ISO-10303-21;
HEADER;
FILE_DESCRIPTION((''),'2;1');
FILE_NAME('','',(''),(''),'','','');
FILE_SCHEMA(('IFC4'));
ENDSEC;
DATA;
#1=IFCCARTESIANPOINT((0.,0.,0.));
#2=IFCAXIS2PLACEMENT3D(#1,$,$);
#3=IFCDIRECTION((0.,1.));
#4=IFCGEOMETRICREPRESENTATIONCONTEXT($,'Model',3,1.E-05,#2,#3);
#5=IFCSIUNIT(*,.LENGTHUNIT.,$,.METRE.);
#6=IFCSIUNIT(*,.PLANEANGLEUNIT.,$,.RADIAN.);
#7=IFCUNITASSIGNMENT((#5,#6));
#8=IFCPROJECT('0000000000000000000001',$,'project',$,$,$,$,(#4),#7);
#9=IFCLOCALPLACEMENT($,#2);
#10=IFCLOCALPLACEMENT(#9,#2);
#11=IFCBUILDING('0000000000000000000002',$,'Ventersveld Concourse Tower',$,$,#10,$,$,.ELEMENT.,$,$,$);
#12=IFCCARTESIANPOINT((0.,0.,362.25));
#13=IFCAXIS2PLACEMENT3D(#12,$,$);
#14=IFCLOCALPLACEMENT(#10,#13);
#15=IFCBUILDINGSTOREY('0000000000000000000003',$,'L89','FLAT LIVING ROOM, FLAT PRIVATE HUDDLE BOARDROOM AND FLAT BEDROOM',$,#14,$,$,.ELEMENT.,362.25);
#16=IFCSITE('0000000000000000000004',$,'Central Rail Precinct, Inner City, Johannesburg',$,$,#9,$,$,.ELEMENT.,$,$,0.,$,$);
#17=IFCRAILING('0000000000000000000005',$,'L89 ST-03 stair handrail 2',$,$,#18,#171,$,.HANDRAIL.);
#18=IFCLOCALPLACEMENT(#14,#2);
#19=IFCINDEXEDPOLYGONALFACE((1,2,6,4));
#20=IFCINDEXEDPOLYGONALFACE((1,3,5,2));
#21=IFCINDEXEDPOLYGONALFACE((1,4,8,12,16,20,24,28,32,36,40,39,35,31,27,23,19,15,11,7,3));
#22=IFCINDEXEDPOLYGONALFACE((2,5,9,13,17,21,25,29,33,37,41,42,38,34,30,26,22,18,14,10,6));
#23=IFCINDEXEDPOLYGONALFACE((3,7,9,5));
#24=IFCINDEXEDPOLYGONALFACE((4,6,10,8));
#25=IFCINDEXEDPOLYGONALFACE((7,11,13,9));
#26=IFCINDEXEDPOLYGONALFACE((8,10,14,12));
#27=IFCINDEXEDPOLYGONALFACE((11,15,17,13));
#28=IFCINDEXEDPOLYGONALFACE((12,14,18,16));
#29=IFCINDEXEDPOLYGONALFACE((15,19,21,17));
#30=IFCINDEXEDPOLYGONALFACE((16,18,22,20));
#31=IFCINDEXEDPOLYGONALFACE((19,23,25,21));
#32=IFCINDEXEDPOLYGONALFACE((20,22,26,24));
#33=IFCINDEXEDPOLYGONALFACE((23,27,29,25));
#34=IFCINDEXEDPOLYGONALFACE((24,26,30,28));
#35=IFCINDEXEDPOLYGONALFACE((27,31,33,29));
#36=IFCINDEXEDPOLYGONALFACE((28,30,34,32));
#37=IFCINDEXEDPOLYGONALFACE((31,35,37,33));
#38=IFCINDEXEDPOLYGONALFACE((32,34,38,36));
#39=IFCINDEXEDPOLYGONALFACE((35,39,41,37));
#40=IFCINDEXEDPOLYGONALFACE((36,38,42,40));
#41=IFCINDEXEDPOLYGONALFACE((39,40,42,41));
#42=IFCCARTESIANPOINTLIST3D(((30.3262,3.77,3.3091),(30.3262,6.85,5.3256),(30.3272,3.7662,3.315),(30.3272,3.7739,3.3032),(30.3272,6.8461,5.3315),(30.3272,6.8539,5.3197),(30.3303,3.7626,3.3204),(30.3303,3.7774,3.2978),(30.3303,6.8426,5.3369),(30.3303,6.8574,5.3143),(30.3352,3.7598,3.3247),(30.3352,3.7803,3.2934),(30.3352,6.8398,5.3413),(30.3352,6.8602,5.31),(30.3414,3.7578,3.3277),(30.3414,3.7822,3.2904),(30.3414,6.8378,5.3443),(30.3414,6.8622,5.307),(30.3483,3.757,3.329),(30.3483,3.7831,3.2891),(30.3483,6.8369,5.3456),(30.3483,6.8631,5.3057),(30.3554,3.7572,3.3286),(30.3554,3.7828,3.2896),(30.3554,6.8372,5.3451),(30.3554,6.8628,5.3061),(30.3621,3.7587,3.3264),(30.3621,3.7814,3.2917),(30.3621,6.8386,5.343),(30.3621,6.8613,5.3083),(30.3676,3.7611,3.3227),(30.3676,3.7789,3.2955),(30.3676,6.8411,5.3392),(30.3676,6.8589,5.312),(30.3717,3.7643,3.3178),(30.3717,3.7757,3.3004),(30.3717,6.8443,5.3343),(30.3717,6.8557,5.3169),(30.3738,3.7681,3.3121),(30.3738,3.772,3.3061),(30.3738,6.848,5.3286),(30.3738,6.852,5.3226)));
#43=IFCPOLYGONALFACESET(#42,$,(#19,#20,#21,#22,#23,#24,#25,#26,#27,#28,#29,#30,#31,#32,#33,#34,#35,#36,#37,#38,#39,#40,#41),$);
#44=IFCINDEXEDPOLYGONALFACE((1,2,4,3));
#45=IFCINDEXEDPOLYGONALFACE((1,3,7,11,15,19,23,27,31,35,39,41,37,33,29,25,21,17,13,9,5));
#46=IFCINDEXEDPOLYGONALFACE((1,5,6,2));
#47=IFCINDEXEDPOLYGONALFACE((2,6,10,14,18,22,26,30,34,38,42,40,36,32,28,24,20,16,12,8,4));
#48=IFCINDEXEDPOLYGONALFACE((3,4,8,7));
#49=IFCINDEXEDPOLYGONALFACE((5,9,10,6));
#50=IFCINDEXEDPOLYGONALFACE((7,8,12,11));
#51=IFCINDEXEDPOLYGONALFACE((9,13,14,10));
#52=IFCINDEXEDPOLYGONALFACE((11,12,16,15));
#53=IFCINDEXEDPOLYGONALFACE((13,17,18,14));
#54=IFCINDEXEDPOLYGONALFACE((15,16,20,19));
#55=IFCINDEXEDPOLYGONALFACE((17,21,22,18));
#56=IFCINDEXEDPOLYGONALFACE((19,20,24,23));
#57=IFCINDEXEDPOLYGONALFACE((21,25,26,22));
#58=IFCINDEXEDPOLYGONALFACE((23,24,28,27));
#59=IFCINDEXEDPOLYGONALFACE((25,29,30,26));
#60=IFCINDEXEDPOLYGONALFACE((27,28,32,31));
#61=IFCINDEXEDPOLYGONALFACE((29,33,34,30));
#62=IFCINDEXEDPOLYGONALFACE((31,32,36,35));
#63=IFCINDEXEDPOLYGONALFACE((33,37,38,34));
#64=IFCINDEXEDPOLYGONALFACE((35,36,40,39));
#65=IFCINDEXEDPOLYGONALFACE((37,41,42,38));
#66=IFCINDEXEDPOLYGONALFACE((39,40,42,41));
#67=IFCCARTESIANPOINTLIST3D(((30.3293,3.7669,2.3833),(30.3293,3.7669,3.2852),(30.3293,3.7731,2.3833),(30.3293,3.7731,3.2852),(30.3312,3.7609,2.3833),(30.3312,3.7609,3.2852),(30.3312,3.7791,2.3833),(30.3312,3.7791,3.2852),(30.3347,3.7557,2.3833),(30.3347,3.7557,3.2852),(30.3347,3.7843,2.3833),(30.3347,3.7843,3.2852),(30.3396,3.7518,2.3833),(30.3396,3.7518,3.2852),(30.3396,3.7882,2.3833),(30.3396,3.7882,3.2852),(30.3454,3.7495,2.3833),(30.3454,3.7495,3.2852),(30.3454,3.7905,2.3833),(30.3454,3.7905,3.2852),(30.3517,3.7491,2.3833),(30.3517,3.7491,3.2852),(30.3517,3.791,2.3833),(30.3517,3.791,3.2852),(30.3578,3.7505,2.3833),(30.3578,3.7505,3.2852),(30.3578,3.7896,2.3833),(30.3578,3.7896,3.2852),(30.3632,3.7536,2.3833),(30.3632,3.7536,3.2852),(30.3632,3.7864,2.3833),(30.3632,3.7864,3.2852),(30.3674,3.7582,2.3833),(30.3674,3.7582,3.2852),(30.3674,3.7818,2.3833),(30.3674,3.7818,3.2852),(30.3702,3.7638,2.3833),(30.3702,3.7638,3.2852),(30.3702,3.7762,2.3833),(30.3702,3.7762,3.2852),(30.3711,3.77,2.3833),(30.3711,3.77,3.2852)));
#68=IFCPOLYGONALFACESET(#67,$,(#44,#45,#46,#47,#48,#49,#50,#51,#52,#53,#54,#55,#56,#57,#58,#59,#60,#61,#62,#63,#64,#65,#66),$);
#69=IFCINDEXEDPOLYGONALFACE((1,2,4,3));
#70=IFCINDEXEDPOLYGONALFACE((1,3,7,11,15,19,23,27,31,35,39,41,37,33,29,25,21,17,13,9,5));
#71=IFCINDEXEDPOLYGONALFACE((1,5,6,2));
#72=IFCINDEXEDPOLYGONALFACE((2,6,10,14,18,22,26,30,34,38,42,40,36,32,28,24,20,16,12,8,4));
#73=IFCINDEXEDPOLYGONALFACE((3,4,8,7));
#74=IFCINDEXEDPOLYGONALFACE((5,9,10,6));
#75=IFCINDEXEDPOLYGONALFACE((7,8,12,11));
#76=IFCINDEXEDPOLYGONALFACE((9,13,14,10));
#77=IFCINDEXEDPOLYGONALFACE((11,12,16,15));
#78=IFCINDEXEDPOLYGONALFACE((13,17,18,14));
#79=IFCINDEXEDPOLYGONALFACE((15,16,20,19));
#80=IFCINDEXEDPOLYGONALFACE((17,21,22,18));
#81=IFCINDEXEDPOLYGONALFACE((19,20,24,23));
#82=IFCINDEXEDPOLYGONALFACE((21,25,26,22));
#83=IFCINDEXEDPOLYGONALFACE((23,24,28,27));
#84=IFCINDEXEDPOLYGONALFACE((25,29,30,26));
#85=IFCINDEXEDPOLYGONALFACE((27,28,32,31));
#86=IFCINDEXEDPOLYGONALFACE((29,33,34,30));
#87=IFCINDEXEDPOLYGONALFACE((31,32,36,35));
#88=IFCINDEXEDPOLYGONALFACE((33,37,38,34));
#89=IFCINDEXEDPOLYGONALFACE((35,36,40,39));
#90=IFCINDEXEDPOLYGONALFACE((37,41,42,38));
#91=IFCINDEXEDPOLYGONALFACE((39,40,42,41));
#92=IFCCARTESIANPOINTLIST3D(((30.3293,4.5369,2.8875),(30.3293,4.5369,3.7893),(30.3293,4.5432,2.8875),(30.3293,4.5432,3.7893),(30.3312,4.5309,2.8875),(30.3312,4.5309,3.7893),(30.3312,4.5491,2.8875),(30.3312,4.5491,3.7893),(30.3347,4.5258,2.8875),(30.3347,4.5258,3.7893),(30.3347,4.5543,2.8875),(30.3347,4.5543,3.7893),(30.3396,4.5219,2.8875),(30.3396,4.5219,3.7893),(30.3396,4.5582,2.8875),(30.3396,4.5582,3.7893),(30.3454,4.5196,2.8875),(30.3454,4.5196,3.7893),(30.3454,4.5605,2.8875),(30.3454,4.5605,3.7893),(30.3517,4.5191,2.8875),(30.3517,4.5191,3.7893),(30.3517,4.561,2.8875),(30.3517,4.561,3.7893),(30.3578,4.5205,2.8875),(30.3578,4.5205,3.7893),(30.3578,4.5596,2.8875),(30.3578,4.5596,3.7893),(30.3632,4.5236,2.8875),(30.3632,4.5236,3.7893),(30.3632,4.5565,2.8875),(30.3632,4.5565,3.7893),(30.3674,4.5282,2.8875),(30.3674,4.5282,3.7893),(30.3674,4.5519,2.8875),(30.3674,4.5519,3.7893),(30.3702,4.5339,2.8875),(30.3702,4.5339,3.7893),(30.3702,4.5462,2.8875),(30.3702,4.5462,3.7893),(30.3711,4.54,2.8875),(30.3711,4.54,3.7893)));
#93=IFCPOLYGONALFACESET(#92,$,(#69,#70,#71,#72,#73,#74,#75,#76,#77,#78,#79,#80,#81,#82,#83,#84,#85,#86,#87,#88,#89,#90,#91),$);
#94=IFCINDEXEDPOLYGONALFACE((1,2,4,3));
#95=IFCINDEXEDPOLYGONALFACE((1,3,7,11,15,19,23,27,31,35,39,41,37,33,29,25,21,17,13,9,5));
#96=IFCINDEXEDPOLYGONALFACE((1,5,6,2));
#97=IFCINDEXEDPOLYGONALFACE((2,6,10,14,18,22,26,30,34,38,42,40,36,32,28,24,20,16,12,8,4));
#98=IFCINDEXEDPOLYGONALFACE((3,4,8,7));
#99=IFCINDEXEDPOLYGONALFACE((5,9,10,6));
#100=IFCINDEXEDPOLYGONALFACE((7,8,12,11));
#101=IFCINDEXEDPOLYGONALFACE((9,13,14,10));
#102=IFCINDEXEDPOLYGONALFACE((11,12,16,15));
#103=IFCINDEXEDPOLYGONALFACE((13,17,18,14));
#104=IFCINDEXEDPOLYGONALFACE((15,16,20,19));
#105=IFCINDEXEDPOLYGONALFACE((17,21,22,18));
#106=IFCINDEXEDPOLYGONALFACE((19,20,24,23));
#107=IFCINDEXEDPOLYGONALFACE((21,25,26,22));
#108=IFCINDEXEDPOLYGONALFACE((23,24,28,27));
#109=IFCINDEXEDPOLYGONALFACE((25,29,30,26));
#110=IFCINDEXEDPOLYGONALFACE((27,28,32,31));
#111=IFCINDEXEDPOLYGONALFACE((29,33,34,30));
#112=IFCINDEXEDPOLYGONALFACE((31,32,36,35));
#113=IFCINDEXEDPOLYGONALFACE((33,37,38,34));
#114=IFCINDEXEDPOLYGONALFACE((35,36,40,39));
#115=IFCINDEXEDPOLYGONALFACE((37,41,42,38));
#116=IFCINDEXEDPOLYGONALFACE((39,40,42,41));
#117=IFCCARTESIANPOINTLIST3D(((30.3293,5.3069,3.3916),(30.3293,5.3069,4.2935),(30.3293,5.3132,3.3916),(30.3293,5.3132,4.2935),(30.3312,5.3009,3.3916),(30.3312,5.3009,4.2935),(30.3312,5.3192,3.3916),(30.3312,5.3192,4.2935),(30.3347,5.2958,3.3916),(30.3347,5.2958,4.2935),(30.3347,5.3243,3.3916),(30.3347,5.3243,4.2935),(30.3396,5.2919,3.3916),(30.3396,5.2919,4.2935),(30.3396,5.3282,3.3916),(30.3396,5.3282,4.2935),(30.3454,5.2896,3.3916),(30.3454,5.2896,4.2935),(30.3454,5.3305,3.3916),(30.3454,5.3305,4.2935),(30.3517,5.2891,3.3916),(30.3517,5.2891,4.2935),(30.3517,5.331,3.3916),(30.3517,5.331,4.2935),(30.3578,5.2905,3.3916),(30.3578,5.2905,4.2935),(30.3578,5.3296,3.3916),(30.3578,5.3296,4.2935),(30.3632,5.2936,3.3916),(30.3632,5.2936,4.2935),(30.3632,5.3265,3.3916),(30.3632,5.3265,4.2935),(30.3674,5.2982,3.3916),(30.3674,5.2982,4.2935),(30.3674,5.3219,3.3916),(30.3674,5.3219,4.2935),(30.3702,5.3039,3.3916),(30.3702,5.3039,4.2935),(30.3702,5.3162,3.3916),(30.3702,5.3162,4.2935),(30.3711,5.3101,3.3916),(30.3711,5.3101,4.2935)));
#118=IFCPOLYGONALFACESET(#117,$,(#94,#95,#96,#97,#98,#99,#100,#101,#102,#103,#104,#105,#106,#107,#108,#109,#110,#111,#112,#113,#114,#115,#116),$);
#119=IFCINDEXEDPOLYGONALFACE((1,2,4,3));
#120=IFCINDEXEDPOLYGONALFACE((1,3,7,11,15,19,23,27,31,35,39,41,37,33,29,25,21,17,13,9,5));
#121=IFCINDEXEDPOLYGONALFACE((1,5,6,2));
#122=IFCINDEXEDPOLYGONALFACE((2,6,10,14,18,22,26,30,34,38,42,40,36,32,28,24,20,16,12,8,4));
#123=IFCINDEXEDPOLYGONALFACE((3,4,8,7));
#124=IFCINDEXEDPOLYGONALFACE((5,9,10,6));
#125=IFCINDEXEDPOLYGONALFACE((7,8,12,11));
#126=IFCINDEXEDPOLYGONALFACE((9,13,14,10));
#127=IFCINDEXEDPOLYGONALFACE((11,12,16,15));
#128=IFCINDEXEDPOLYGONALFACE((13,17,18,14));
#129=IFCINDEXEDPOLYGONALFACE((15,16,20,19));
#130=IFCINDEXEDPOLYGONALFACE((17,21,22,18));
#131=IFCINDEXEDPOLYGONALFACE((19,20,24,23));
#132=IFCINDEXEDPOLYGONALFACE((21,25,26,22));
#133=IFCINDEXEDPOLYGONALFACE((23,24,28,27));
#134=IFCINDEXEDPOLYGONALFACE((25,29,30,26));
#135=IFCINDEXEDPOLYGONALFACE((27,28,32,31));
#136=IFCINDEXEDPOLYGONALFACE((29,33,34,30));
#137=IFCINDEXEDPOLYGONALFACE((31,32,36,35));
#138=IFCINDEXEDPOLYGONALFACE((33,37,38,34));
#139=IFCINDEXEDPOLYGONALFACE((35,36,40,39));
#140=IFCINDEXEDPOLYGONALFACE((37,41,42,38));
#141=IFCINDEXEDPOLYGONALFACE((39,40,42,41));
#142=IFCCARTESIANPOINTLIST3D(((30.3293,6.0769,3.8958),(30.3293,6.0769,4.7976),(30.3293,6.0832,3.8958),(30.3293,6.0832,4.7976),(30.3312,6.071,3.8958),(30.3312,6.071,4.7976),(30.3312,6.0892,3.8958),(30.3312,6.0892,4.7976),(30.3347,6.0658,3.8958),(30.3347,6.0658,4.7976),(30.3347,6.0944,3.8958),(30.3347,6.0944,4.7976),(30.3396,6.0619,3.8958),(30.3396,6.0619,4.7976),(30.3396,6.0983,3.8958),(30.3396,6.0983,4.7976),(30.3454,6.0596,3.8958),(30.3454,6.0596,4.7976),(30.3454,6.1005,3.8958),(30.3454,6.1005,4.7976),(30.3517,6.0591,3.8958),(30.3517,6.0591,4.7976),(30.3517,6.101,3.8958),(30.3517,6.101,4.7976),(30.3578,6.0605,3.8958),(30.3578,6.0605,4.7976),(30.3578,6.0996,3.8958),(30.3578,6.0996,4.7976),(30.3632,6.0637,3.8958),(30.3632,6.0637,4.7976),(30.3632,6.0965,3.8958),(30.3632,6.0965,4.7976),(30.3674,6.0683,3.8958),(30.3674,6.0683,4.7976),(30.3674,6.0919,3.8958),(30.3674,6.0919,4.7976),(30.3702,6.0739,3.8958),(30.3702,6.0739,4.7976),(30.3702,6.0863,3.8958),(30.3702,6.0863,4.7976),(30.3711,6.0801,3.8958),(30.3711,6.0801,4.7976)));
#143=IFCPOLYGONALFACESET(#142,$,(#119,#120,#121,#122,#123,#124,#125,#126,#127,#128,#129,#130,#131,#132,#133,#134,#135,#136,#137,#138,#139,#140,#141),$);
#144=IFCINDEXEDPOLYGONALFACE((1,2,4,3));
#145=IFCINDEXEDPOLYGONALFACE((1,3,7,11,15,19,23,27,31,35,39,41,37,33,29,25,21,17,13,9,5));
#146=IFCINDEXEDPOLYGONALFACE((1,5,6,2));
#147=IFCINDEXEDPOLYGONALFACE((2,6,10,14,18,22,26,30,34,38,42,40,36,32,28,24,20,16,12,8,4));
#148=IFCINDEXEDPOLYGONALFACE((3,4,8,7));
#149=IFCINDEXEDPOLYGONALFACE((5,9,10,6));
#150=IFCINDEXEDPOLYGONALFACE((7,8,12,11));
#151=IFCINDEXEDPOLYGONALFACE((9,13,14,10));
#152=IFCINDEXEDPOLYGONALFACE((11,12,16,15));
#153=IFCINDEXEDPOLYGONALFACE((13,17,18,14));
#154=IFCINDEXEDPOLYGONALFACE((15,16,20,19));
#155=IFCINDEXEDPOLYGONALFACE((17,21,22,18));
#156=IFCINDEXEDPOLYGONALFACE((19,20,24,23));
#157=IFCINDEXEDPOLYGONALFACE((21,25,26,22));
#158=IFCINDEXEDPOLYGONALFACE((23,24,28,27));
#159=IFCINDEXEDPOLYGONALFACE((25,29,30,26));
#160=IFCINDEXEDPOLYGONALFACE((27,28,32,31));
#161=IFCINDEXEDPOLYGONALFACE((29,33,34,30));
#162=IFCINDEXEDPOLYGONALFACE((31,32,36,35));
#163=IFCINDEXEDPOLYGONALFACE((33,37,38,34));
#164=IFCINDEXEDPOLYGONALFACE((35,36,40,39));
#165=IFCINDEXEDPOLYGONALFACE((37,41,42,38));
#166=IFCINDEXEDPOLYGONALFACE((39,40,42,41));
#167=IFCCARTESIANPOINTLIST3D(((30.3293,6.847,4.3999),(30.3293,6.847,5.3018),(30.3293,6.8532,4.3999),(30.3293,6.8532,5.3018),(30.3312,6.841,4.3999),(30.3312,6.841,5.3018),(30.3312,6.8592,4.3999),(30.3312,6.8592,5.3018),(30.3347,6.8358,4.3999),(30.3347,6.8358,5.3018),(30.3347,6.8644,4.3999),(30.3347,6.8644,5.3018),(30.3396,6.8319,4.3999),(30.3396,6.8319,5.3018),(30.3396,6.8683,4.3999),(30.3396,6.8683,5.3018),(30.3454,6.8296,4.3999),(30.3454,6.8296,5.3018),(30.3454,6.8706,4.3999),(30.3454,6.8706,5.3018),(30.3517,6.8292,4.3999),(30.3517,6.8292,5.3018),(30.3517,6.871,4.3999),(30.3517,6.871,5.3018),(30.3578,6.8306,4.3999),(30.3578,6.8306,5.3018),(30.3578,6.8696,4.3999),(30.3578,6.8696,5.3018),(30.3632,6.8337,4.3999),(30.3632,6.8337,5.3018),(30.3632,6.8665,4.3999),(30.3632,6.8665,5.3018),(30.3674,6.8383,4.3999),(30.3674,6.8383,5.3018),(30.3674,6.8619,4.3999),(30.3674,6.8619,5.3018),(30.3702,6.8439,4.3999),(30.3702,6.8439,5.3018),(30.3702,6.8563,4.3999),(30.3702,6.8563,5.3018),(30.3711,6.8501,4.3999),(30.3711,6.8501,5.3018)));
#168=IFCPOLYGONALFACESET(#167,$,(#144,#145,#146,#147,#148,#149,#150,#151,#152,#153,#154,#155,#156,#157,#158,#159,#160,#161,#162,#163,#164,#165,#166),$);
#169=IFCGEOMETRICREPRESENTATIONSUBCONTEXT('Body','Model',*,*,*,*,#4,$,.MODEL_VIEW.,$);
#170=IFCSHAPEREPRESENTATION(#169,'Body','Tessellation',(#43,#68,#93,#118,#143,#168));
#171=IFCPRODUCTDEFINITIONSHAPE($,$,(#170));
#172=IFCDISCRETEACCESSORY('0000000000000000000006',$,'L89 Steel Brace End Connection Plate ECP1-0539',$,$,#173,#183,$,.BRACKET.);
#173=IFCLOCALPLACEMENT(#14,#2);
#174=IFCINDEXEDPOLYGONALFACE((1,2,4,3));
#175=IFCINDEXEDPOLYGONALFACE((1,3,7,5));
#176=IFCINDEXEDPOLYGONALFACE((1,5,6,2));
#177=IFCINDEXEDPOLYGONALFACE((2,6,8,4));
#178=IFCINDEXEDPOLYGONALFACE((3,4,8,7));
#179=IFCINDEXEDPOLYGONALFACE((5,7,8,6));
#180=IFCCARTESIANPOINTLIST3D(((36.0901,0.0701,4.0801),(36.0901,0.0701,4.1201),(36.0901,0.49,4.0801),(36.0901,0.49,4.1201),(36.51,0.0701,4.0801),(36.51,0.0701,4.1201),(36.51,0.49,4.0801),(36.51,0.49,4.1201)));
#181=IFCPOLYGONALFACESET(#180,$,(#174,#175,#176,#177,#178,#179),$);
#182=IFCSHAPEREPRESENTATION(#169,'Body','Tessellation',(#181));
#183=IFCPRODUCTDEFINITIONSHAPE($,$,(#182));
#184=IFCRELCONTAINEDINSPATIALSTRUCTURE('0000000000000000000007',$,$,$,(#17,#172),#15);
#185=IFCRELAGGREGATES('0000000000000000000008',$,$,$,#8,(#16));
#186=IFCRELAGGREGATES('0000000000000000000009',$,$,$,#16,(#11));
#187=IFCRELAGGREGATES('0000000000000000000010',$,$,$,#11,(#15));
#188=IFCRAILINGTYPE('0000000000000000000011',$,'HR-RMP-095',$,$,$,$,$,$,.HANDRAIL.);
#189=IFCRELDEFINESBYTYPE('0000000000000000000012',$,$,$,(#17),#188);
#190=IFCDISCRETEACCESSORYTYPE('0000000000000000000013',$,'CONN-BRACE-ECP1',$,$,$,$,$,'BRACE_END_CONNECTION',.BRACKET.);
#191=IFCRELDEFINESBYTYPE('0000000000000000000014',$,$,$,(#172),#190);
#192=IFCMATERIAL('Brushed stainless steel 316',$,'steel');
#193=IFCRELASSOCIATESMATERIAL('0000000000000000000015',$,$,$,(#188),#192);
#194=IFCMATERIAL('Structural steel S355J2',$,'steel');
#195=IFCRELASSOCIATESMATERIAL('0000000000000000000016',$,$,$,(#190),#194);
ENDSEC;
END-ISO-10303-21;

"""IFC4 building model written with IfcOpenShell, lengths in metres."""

from ifc_helpers import new_model, si_unit, direction, frame, origin, origin_2d, place, context, subcontext, project, spatial, rectangle, circle, extrude, material, type_object, element, save


model = new_model("IFC4")

# Units and contexts
model_context = context("Model", 3, precision=1e-05, world=origin(), true_north=direction((0.0, 1.0)))
body_context = subcontext(model_context, "Body", "Model", "MODEL_VIEW")
ifc_project = project(units=[si_unit("LENGTHUNIT", "METRE"), si_unit("PLANEANGLEUNIT", "RADIAN")], contexts=[model_context])

# Site, building, storey
site_placement = place(None, origin())
site = spatial("IfcSite", under=ifc_project, at=site_placement, Name="Central Rail Precinct, Inner City, Johannesburg", CompositionType="ELEMENT", RefElevation=0.0)
building_placement = place(site_placement, origin())
building = spatial("IfcBuilding", under=site, at=building_placement, Name="Ventersveld Concourse Tower", CompositionType="ELEMENT")
storey_placement = place(building_placement, frame((0.0, 0.0, 362.25)))
storey = spatial("IfcBuildingStorey", under=building, at=storey_placement, Name="L89", Description="FLAT LIVING ROOM, FLAT PRIVATE HUDDLE BOARDROOM AND FLAT BEDROOM", CompositionType="ELEMENT", Elevation=362.25)

# Shared definitions
ifc_material_1 = material(Name="Structural steel S355J2", Category="steel")

# Shared definitions
ifc_material_2 = material(Name="Brushed stainless steel 316", Category="steel")

# Railing
railing_type_1 = type_object("IfcRailingType", Name="HR-RMP-095", PredefinedType="HANDRAIL", material=ifc_material_2)
railing_1_placement = place(storey_placement, frame((30.3501, 3.77, 2.3833)))
element("IfcRailing", 1, at=railing_1_placement, inside=storey, type_object=railing_type_1, Name="L89 ST-03 stair handrail 2", PredefinedType="HANDRAIL", context=body_context, shape_type="SweptSolid", body=[
    extrude(circle(Radius=0.0239, at=origin_2d()), frame((0.0, 0.0, 0.9258), z_axis=(0.0, 0.836633, 0.547764), x_axis=(-1.0, 0.0, 0.0)), (0.0, 0.0, 1.0), 3.6814),
    extrude(circle(Radius=0.021, at=origin_2d()), origin(), (0.0, 0.0, 1.0), 0.9019),
    extrude(circle(Radius=0.021, at=origin_2d()), frame((0.0, 0.77, 0.5042)), (0.0, 0.0, 1.0), 0.9019),
    extrude(circle(Radius=0.021, at=origin_2d()), frame((0.0, 1.54, 1.0083)), (0.0, 0.0, 1.0), 0.9019),
    extrude(circle(Radius=0.021, at=origin_2d()), frame((0.0, 2.3101, 1.5125)), (0.0, 0.0, 1.0), 0.9019),
    extrude(circle(Radius=0.021, at=origin_2d()), frame((0.0, 3.0801, 2.0166)), (0.0, 0.0, 1.0), 0.9019),
])

# Discrete accessory
discrete_accessory_type = type_object("IfcDiscreteAccessoryType", Name="CONN-BRACE-ECP1", ElementType="BRACE_END_CONNECTION", PredefinedType="BRACKET", material=ifc_material_1)
discrete_accessory_placement = place(storey_placement, frame((36.3, 0.28, 4.0801), z_axis=(0.0, 0.0, 1.0), x_axis=(1.0, 0.0, 0.0)))
element("IfcDiscreteAccessory", 2, at=discrete_accessory_placement, inside=storey, type_object=discrete_accessory_type, Name="L89 Steel Brace End Connection Plate ECP1-0539", PredefinedType="BRACKET", context=body_context, shape_type="SweptSolid", body=[
    extrude(rectangle(XDim=0.4199, YDim=0.4199, at=origin_2d()), origin(), (0.0, 0.0, 1.0), 0.04),
])

save(model, "model.ifc")
